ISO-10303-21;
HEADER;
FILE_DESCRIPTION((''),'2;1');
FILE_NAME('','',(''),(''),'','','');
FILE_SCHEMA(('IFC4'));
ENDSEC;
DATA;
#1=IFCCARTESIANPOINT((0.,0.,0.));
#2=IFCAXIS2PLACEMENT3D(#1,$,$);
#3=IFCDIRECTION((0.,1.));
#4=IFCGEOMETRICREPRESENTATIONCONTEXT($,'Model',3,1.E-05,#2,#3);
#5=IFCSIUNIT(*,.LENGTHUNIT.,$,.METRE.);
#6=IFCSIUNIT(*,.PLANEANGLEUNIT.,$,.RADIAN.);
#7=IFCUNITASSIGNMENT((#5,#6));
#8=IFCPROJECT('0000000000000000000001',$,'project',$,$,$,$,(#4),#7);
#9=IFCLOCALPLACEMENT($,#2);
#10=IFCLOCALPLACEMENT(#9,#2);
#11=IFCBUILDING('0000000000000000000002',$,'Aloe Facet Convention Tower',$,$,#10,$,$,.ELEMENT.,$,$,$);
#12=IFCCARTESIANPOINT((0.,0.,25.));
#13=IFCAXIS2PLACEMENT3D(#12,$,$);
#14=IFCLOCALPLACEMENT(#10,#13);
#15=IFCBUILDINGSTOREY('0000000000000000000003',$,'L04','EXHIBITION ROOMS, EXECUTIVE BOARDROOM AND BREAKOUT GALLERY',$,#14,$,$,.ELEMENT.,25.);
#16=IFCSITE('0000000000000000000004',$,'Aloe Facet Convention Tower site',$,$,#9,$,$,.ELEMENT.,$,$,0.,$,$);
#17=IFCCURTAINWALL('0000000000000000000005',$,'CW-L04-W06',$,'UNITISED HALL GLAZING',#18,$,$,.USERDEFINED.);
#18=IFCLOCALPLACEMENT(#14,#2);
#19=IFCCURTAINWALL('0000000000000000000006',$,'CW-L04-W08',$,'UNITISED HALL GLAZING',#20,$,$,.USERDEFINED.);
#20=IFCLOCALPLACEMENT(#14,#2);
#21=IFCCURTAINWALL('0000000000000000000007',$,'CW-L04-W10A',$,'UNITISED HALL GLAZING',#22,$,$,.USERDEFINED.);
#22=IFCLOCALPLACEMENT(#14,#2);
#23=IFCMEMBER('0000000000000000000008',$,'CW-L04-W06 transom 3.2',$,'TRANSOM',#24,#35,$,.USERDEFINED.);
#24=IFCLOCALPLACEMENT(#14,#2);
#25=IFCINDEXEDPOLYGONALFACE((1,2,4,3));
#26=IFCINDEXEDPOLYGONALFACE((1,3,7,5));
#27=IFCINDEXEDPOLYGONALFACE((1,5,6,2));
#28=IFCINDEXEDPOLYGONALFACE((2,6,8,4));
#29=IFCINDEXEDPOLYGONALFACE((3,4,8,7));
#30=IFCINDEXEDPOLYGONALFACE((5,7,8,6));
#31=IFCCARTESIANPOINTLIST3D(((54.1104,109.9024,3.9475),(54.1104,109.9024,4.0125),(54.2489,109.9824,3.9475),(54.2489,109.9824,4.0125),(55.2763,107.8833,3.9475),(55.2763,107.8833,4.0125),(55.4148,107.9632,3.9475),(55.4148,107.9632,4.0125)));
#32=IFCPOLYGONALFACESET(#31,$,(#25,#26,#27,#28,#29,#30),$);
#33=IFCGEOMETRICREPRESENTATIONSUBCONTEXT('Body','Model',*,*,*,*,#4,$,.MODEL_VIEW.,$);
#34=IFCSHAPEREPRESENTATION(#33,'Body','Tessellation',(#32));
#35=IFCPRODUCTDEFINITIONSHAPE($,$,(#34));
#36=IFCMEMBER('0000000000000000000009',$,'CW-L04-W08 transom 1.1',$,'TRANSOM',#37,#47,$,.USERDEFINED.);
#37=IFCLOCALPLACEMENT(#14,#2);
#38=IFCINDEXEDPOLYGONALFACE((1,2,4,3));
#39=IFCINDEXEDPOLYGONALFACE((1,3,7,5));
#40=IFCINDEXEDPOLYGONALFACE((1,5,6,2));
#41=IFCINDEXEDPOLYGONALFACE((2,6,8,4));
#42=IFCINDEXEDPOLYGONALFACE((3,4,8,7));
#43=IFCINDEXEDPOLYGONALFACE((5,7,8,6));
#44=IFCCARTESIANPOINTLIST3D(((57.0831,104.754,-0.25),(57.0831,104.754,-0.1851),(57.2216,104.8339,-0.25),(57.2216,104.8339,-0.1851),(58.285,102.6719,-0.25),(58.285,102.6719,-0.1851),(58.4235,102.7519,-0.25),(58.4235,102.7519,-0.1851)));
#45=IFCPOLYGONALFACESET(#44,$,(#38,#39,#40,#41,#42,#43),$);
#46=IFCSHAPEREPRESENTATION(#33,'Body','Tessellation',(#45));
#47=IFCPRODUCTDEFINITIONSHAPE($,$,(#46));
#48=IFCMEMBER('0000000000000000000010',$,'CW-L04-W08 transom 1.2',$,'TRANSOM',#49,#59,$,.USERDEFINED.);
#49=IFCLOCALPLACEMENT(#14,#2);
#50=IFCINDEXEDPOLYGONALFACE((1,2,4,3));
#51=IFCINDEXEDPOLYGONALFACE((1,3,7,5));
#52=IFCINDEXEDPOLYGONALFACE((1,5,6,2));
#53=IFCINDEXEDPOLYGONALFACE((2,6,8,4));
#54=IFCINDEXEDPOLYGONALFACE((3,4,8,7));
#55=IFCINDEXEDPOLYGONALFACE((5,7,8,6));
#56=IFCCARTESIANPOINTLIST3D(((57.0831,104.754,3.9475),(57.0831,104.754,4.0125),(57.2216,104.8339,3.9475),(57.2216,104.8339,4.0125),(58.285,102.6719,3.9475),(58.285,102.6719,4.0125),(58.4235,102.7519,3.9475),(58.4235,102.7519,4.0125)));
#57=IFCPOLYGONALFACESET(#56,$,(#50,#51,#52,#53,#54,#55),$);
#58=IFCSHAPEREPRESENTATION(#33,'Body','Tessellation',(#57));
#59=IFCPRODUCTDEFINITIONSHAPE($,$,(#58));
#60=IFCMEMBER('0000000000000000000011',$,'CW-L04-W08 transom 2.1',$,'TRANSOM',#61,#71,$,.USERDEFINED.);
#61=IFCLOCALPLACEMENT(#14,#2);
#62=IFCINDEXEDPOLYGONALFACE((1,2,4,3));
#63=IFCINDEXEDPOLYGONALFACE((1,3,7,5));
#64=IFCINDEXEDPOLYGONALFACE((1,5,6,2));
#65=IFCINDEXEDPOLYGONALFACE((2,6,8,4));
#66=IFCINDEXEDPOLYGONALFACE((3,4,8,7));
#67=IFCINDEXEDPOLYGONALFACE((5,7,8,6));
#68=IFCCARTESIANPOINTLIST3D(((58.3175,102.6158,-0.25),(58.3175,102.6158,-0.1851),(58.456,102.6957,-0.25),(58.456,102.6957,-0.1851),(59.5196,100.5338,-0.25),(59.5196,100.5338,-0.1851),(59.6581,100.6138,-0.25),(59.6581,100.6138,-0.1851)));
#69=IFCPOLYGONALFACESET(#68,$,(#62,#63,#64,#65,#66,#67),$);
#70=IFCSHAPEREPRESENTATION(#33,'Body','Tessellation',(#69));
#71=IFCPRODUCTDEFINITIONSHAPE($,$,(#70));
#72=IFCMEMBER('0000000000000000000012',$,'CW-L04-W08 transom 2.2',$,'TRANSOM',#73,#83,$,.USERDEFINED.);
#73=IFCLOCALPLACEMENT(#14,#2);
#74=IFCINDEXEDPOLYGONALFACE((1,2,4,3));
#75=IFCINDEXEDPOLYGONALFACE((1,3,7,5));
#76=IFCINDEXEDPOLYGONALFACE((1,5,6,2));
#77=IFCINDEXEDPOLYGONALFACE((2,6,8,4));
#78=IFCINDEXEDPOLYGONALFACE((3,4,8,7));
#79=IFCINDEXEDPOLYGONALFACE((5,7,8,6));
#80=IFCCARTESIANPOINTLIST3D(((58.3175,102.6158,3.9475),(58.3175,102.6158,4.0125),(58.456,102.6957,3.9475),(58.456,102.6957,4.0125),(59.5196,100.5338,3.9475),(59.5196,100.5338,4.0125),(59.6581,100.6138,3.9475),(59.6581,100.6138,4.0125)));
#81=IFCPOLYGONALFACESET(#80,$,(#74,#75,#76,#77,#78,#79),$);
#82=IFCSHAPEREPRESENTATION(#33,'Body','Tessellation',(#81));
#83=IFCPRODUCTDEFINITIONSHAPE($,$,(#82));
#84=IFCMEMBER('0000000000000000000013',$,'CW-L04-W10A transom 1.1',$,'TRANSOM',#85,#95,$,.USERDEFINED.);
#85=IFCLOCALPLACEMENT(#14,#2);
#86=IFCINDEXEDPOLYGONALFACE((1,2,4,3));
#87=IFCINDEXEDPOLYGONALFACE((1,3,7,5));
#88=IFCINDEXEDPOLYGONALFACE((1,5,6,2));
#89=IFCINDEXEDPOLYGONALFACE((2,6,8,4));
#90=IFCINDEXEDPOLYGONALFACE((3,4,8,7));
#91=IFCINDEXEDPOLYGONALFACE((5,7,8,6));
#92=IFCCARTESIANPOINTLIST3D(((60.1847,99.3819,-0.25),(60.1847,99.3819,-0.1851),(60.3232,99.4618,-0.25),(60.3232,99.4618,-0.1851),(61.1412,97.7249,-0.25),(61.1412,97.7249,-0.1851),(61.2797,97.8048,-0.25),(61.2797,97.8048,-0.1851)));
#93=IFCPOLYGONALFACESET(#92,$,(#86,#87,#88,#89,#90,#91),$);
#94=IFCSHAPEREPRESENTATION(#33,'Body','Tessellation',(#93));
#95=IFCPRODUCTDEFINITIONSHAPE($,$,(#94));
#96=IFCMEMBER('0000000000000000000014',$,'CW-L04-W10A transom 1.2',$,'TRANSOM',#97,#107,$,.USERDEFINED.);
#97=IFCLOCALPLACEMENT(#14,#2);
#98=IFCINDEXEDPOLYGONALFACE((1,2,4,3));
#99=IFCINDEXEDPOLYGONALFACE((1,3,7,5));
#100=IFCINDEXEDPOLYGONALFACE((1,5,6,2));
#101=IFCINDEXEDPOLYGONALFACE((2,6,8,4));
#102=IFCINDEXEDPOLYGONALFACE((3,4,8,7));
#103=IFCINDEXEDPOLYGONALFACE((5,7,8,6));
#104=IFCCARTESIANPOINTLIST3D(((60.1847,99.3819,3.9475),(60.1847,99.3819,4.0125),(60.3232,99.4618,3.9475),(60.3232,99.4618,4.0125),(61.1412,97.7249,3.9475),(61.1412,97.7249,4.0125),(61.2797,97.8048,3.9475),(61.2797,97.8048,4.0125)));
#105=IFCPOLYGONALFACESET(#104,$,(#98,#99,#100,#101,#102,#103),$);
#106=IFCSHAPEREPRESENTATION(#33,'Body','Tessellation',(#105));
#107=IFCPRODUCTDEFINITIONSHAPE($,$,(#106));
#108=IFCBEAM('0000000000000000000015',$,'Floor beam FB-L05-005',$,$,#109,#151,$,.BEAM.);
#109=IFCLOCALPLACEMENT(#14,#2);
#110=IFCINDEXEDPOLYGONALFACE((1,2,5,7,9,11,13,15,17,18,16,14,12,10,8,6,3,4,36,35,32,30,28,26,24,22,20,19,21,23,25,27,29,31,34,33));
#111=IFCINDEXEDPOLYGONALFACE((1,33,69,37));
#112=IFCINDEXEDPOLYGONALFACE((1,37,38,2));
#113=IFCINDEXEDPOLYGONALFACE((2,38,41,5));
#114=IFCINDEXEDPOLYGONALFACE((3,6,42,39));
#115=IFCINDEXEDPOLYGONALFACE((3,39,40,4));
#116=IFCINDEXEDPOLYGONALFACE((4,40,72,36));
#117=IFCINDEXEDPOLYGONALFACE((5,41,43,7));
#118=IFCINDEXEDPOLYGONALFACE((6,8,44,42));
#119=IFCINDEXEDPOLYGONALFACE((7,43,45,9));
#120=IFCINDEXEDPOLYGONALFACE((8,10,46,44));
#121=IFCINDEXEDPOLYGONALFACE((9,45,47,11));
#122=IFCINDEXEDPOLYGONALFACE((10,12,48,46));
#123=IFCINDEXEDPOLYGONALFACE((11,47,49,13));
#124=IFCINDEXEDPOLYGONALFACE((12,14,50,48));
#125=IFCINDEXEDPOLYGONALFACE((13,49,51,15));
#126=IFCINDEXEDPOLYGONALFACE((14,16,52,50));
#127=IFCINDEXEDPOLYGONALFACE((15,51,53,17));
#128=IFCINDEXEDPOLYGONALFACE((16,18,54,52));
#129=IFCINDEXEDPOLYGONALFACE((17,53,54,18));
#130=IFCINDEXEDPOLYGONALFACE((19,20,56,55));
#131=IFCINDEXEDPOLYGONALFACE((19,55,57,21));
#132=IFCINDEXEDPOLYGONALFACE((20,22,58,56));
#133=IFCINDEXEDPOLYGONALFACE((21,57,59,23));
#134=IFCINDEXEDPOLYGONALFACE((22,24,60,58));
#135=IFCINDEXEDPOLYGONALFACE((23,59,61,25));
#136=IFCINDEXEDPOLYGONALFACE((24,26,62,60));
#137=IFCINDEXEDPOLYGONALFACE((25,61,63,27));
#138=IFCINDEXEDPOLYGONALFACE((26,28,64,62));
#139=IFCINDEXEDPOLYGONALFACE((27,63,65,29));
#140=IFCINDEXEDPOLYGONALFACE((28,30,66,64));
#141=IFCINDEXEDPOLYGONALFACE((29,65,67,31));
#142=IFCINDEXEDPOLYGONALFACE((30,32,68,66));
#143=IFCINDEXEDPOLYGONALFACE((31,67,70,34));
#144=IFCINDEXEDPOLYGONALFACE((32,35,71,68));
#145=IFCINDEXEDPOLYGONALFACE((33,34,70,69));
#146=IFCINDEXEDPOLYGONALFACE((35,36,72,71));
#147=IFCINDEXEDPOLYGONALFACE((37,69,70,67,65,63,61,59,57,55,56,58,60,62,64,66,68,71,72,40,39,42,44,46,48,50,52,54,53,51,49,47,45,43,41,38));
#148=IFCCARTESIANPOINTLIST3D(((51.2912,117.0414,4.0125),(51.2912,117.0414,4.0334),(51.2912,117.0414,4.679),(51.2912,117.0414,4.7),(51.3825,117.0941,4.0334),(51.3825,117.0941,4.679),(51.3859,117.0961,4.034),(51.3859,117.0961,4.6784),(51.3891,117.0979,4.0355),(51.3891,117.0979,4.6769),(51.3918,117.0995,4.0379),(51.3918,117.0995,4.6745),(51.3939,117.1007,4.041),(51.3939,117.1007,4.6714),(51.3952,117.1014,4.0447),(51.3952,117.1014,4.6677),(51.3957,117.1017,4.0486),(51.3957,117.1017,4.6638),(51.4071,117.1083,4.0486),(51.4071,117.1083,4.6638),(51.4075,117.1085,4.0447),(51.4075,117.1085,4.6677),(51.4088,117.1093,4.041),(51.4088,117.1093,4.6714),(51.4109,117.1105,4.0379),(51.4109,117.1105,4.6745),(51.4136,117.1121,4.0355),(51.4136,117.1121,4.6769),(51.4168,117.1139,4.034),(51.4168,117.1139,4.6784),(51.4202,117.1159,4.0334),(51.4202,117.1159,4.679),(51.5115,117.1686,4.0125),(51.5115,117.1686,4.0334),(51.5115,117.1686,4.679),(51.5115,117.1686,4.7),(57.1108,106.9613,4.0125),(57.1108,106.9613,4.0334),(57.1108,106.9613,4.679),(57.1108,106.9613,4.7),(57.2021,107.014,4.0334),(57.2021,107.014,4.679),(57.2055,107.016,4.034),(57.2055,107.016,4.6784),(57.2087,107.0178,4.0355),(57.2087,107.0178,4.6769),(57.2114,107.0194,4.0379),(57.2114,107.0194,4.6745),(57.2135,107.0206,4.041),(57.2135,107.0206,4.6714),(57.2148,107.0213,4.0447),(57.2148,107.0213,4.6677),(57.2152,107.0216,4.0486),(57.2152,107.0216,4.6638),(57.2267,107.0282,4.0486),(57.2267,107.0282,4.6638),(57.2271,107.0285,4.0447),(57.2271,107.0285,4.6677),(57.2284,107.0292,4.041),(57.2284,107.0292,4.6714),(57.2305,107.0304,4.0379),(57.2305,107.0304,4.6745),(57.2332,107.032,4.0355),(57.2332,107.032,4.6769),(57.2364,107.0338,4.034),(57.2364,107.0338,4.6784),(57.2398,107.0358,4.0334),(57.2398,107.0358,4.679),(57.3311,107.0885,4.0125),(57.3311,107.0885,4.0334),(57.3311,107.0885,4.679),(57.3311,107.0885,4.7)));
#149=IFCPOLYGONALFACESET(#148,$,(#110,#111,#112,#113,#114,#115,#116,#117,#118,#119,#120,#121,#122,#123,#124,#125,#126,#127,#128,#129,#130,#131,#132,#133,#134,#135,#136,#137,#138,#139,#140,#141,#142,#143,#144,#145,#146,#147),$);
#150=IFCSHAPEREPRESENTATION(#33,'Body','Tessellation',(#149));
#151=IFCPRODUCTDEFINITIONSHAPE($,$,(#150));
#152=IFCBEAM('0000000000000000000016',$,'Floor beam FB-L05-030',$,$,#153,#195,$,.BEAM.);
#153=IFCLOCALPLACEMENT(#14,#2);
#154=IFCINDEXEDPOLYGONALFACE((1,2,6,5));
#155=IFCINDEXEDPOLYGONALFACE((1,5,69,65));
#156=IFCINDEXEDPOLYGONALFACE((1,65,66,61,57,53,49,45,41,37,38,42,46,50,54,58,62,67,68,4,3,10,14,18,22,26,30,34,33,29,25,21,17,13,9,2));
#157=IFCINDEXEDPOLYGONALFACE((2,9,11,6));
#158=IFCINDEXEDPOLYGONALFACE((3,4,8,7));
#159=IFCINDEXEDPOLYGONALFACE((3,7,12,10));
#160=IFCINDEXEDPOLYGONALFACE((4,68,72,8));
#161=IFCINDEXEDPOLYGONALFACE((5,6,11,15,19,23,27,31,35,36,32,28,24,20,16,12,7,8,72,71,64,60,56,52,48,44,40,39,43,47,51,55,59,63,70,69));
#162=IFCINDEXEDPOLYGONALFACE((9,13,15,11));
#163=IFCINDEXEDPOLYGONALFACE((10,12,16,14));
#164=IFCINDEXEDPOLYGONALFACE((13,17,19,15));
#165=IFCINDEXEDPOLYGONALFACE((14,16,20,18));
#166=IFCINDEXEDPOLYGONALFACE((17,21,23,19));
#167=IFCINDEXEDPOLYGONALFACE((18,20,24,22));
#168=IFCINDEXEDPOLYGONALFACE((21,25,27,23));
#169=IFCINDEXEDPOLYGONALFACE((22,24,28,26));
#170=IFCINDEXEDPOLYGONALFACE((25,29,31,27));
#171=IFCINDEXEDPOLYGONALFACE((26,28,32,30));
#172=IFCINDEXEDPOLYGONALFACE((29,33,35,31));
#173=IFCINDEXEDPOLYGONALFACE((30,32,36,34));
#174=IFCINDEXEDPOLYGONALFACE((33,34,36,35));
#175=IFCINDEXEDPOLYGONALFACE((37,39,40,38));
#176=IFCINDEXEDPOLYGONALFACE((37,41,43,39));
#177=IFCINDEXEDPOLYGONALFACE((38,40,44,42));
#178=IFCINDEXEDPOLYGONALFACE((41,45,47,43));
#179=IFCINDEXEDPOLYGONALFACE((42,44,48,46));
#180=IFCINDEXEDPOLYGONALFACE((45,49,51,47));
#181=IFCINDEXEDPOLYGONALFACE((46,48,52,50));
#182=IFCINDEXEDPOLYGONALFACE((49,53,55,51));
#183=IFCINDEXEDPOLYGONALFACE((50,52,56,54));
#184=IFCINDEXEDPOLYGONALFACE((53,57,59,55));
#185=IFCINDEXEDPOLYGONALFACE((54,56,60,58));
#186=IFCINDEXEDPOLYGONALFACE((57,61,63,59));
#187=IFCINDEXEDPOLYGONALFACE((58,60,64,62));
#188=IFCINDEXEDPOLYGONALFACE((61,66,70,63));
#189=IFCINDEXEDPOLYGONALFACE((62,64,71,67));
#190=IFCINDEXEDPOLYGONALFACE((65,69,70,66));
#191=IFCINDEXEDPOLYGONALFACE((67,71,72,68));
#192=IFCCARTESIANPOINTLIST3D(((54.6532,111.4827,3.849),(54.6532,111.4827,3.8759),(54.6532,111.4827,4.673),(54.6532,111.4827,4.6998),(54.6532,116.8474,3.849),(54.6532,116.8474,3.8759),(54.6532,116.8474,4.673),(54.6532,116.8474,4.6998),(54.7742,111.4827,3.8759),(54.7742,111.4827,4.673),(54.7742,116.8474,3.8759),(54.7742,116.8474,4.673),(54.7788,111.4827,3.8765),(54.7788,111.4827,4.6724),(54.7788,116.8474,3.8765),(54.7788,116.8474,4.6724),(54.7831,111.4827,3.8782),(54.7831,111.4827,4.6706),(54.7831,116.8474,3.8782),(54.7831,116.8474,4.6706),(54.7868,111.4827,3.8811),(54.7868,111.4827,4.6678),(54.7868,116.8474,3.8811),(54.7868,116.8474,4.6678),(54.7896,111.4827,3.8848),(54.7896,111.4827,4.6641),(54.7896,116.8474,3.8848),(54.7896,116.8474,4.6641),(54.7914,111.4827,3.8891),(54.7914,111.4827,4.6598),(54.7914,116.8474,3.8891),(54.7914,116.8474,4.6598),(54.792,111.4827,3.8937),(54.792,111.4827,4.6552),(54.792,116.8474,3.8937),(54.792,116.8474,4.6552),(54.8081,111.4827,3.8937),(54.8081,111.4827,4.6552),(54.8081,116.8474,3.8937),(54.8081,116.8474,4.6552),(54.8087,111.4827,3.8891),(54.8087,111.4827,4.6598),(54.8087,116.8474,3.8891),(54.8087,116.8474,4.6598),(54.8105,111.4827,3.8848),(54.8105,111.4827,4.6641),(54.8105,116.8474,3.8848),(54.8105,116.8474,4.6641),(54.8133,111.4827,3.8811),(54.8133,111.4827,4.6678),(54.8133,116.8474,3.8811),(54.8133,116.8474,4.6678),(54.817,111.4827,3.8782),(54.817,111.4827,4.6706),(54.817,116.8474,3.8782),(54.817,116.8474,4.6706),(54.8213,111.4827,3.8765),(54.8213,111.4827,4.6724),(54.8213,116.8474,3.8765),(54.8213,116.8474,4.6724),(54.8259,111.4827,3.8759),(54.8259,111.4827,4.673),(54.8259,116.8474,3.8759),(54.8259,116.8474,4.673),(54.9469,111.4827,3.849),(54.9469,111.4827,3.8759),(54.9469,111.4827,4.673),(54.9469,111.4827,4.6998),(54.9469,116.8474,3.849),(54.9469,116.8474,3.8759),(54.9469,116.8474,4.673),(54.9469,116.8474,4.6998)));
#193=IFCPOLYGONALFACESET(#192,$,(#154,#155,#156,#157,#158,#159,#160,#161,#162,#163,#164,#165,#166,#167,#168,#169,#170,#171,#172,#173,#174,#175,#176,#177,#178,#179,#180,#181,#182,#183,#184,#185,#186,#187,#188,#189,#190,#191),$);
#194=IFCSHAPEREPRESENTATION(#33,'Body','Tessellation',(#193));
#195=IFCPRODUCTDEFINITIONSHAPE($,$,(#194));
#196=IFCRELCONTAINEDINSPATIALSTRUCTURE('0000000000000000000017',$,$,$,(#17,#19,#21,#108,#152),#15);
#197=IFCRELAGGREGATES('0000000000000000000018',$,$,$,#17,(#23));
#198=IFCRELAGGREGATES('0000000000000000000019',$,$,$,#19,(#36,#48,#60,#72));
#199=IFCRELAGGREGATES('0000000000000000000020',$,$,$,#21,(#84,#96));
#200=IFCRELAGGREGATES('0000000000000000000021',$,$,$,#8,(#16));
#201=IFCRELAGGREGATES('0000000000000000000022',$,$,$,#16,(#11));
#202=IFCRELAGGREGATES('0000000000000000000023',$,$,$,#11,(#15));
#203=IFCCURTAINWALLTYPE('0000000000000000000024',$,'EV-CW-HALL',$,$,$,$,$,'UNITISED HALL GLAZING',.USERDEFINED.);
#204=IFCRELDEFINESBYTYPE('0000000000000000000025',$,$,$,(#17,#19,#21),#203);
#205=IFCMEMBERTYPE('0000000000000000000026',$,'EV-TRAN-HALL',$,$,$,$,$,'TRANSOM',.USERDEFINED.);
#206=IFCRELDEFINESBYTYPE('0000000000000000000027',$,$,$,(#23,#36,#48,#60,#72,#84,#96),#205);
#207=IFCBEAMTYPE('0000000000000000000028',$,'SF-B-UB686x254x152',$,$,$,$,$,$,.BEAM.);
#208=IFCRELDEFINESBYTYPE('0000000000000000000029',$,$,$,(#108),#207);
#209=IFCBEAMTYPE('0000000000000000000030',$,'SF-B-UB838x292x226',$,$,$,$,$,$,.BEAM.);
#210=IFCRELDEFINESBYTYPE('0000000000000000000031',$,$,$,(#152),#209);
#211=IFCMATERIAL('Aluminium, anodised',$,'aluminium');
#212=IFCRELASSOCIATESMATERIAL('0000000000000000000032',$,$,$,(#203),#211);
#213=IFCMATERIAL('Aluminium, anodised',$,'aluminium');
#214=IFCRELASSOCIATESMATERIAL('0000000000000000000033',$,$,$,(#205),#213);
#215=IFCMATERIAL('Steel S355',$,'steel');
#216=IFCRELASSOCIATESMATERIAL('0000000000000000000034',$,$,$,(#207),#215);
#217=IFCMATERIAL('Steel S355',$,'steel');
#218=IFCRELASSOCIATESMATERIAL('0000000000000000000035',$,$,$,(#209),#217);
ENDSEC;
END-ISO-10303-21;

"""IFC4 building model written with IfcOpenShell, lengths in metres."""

from ifc_helpers import new_model, si_unit, direction, frame, origin, origin_2d, place, context, subcontext, project, spatial, rectangle, i_section, extrude, material, material_profile, profile_set, type_object, element, aggregate, save


model = new_model("IFC4")

# Units and contexts
model_context = context("Model", 3, precision=1e-05, world=origin(), true_north=direction((0.0, 1.0)))
body_context = subcontext(model_context, "Body", "Model", "MODEL_VIEW")
ifc_project = project(units=[si_unit("LENGTHUNIT", "METRE"), si_unit("PLANEANGLEUNIT", "RADIAN")], contexts=[model_context])

# Site, building, storey
site_placement = place(None, origin())
site = spatial("IfcSite", under=ifc_project, at=site_placement, Name="Aloe Facet Convention Tower site", CompositionType="ELEMENT", RefElevation=0.0)
building_placement = place(site_placement, origin())
building = spatial("IfcBuilding", under=site, at=building_placement, Name="Aloe Facet Convention Tower", CompositionType="ELEMENT")
storey_placement = place(building_placement, frame((0.0, 0.0, 25.0)))
storey = spatial("IfcBuildingStorey", under=building, at=storey_placement, Name="L04", Description="EXHIBITION ROOMS, EXECUTIVE BOARDROOM AND BREAKOUT GALLERY", CompositionType="ELEMENT", Elevation=25.0)

# Curtain walls
ifc_material_1 = material(Name="Aluminium, anodised", Category="aluminium")
curtain_wall_type = type_object("IfcCurtainWallType", Name="EV-CW-HALL", ElementType="UNITISED HALL GLAZING", PredefinedType="USERDEFINED", material=ifc_material_1)
curtain_wall_1_placement = place(storey_placement, origin())
curtain_wall_1 = element("IfcCurtainWall", 1, at=curtain_wall_1_placement, inside=storey, type_object=curtain_wall_type, Name="CW-L04-W06", ObjectType="UNITISED HALL GLAZING", PredefinedType="USERDEFINED")
curtain_wall_2_placement = place(storey_placement, origin())
curtain_wall_2 = element("IfcCurtainWall", 2, at=curtain_wall_2_placement, inside=storey, type_object=curtain_wall_type, Name="CW-L04-W08", ObjectType="UNITISED HALL GLAZING", PredefinedType="USERDEFINED")

# Curtain wall
curtain_wall_3_placement = place(storey_placement, origin())
curtain_wall_3 = element("IfcCurtainWall", 3, at=curtain_wall_3_placement, inside=storey, type_object=curtain_wall_type, Name="CW-L04-W10A", ObjectType="UNITISED HALL GLAZING", PredefinedType="USERDEFINED")

# Members
ifc_material_2 = material(Name="Aluminium, anodised", Category="aluminium")
ifc_material_profile_1 = material_profile(ifc_material_2, rectangle(XDim=0.1599, YDim=0.0649, at=origin_2d()), Name="AL 160x65")
ifc_profile_set_1 = profile_set([ifc_material_profile_1], Name="Aluminium, anodised")
member_type_1 = type_object("IfcMemberType", Name="EV-TRAN-HALL", ElementType="TRANSOM", PredefinedType="USERDEFINED", material=ifc_profile_set_1)
member_1_placement = place(storey_placement, frame((54.1797, 109.9424, 3.98), z_axis=(0.500025, -0.866011, 0.0), x_axis=(0.866011, 0.500025, 0.0)))
member_1 = element("IfcMember", 4, at=member_1_placement, type_object=member_type_1, Name="CW-L04-W06 transom 3.2", ObjectType="TRANSOM", PredefinedType="USERDEFINED", context=body_context, shape_type="SweptSolid", body=[
    extrude(rectangle(XDim=0.1599, YDim=0.0649, at=origin_2d()), origin(), (0.0, 0.0, 1.0), 2.3315),
])
member_2_placement = place(storey_placement, frame((57.1523, 104.7939, -0.2175), z_axis=(0.499951, -0.866054, 0.0), x_axis=(0.866054, 0.499951, 0.0)))
member_2 = element("IfcMember", 5, at=member_2_placement, type_object=member_type_1, Name="CW-L04-W08 transom 1.1", ObjectType="TRANSOM", PredefinedType="USERDEFINED", context=body_context, shape_type="SweptSolid", body=[
    extrude(rectangle(XDim=0.1599, YDim=0.0649, at=origin_2d()), origin(), (0.0, 0.0, 1.0), 2.4041),
])
member_3_placement = place(storey_placement, frame((57.1523, 104.7939, 3.98), z_axis=(0.499951, -0.866054, 0.0), x_axis=(0.866054, 0.499951, 0.0)))
member_3 = element("IfcMember", 6, at=member_3_placement, type_object=member_type_1, Name="CW-L04-W08 transom 1.2", ObjectType="TRANSOM", PredefinedType="USERDEFINED", context=body_context, shape_type="SweptSolid", body=[
    extrude(rectangle(XDim=0.1599, YDim=0.0649, at=origin_2d()), origin(), (0.0, 0.0, 1.0), 2.4041),
])
member_4_placement = place(storey_placement, frame((58.3867, 102.6558, -0.2175), z_axis=(0.500027, -0.86601, 0.0), x_axis=(0.86601, 0.500027, 0.0)))
member_4 = element("IfcMember", 7, at=member_4_placement, type_object=member_type_1, Name="CW-L04-W08 transom 2.1", ObjectType="TRANSOM", PredefinedType="USERDEFINED", context=body_context, shape_type="SweptSolid", body=[
    extrude(rectangle(XDim=0.1599, YDim=0.0649, at=origin_2d()), origin(), (0.0, 0.0, 1.0), 2.4041),
])
member_5_placement = place(storey_placement, frame((58.3867, 102.6558, 3.98), z_axis=(0.500027, -0.86601, 0.0), x_axis=(0.86601, 0.500027, 0.0)))
member_5 = element("IfcMember", 8, at=member_5_placement, type_object=member_type_1, Name="CW-L04-W08 transom 2.2", ObjectType="TRANSOM", PredefinedType="USERDEFINED", context=body_context, shape_type="SweptSolid", body=[
    extrude(rectangle(XDim=0.1599, YDim=0.0649, at=origin_2d()), origin(), (0.0, 0.0, 1.0), 2.4041),
])
member_6_placement = place(storey_placement, frame((60.2539, 99.4219, -0.2175), z_axis=(0.499954, -0.866052, 0.0), x_axis=(0.866052, 0.499954, 0.0)))
member_6 = element("IfcMember", 9, at=member_6_placement, type_object=member_type_1, Name="CW-L04-W10A transom 1.1", ObjectType="TRANSOM", PredefinedType="USERDEFINED", context=body_context, shape_type="SweptSolid", body=[
    extrude(rectangle(XDim=0.1599, YDim=0.0649, at=origin_2d()), origin(), (0.0, 0.0, 1.0), 1.9133),
])
member_7_placement = place(storey_placement, frame((60.2539, 99.4219, 3.98), z_axis=(0.499954, -0.866052, 0.0), x_axis=(0.866052, 0.499954, 0.0)))
member_7 = element("IfcMember", 10, at=member_7_placement, type_object=member_type_1, Name="CW-L04-W10A transom 1.2", ObjectType="TRANSOM", PredefinedType="USERDEFINED", context=body_context, shape_type="SweptSolid", body=[
    extrude(rectangle(XDim=0.1599, YDim=0.0649, at=origin_2d()), origin(), (0.0, 0.0, 1.0), 1.9133),
])

# Beams
ifc_material_3 = material(Name="Steel S355", Category="steel")
ifc_material_profile_2 = material_profile(ifc_material_3, i_section(OverallWidth=0.2544, OverallDepth=0.6875, WebThickness=0.0132, FlangeThickness=0.021, FilletRadius=0.0151, at=origin_2d()), Name="UB 686x254x152")
ifc_profile_set_2 = profile_set([ifc_material_profile_2], Name="Steel S355")
beam_type_1 = type_object("IfcBeamType", Name="SF-B-UB686x254x152", PredefinedType="BEAM", material=ifc_profile_set_2)
beam_1_placement = place(storey_placement, frame((57.2209, 107.0249, 4.3562), z_axis=(-0.49999, 0.866031, 0.0), x_axis=(-0.866031, -0.49999, 0.0)))
element("IfcBeam", 11, at=beam_1_placement, inside=storey, type_object=beam_type_1, Name="Floor beam FB-L05-005", PredefinedType="BEAM", context=body_context, shape_type="SweptSolid", body=[
    extrude(i_section(OverallWidth=0.2544, OverallDepth=0.6875, WebThickness=0.0132, FlangeThickness=0.021, FilletRadius=0.0151, at=origin_2d()), origin(), (0.0, 0.0, 1.0), 11.6394),
])
ifc_material_4 = material(Name="Steel S355", Category="steel")
ifc_material_profile_3 = material_profile(ifc_material_4, i_section(OverallWidth=0.2937, OverallDepth=0.8508, WebThickness=0.0161, FlangeThickness=0.0269, FilletRadius=0.0178, at=origin_2d()), Name="UB 838x292x226")
ifc_profile_set_3 = profile_set([ifc_material_profile_3], Name="Steel S355")
beam_type_2 = type_object("IfcBeamType", Name="SF-B-UB838x292x226", PredefinedType="BEAM", material=ifc_profile_set_3)
beam_2_placement = place(storey_placement, frame((54.8, 111.4827, 4.2744), z_axis=(0.0, 1.0, 0.0), x_axis=(-1.0, 0.0, 0.0)))
element("IfcBeam", 12, at=beam_2_placement, inside=storey, type_object=beam_type_2, Name="Floor beam FB-L05-030", PredefinedType="BEAM", context=body_context, shape_type="SweptSolid", body=[
    extrude(i_section(OverallWidth=0.2937, OverallDepth=0.8508, WebThickness=0.0161, FlangeThickness=0.0269, FilletRadius=0.0178, at=origin_2d()), origin(), (0.0, 0.0, 1.0), 5.3647),
])

aggregate(curtain_wall_1, [member_1])
aggregate(curtain_wall_2, [member_2, member_3, member_4, member_5])
aggregate(curtain_wall_3, [member_6, member_7])

save(model, "model.ifc")
